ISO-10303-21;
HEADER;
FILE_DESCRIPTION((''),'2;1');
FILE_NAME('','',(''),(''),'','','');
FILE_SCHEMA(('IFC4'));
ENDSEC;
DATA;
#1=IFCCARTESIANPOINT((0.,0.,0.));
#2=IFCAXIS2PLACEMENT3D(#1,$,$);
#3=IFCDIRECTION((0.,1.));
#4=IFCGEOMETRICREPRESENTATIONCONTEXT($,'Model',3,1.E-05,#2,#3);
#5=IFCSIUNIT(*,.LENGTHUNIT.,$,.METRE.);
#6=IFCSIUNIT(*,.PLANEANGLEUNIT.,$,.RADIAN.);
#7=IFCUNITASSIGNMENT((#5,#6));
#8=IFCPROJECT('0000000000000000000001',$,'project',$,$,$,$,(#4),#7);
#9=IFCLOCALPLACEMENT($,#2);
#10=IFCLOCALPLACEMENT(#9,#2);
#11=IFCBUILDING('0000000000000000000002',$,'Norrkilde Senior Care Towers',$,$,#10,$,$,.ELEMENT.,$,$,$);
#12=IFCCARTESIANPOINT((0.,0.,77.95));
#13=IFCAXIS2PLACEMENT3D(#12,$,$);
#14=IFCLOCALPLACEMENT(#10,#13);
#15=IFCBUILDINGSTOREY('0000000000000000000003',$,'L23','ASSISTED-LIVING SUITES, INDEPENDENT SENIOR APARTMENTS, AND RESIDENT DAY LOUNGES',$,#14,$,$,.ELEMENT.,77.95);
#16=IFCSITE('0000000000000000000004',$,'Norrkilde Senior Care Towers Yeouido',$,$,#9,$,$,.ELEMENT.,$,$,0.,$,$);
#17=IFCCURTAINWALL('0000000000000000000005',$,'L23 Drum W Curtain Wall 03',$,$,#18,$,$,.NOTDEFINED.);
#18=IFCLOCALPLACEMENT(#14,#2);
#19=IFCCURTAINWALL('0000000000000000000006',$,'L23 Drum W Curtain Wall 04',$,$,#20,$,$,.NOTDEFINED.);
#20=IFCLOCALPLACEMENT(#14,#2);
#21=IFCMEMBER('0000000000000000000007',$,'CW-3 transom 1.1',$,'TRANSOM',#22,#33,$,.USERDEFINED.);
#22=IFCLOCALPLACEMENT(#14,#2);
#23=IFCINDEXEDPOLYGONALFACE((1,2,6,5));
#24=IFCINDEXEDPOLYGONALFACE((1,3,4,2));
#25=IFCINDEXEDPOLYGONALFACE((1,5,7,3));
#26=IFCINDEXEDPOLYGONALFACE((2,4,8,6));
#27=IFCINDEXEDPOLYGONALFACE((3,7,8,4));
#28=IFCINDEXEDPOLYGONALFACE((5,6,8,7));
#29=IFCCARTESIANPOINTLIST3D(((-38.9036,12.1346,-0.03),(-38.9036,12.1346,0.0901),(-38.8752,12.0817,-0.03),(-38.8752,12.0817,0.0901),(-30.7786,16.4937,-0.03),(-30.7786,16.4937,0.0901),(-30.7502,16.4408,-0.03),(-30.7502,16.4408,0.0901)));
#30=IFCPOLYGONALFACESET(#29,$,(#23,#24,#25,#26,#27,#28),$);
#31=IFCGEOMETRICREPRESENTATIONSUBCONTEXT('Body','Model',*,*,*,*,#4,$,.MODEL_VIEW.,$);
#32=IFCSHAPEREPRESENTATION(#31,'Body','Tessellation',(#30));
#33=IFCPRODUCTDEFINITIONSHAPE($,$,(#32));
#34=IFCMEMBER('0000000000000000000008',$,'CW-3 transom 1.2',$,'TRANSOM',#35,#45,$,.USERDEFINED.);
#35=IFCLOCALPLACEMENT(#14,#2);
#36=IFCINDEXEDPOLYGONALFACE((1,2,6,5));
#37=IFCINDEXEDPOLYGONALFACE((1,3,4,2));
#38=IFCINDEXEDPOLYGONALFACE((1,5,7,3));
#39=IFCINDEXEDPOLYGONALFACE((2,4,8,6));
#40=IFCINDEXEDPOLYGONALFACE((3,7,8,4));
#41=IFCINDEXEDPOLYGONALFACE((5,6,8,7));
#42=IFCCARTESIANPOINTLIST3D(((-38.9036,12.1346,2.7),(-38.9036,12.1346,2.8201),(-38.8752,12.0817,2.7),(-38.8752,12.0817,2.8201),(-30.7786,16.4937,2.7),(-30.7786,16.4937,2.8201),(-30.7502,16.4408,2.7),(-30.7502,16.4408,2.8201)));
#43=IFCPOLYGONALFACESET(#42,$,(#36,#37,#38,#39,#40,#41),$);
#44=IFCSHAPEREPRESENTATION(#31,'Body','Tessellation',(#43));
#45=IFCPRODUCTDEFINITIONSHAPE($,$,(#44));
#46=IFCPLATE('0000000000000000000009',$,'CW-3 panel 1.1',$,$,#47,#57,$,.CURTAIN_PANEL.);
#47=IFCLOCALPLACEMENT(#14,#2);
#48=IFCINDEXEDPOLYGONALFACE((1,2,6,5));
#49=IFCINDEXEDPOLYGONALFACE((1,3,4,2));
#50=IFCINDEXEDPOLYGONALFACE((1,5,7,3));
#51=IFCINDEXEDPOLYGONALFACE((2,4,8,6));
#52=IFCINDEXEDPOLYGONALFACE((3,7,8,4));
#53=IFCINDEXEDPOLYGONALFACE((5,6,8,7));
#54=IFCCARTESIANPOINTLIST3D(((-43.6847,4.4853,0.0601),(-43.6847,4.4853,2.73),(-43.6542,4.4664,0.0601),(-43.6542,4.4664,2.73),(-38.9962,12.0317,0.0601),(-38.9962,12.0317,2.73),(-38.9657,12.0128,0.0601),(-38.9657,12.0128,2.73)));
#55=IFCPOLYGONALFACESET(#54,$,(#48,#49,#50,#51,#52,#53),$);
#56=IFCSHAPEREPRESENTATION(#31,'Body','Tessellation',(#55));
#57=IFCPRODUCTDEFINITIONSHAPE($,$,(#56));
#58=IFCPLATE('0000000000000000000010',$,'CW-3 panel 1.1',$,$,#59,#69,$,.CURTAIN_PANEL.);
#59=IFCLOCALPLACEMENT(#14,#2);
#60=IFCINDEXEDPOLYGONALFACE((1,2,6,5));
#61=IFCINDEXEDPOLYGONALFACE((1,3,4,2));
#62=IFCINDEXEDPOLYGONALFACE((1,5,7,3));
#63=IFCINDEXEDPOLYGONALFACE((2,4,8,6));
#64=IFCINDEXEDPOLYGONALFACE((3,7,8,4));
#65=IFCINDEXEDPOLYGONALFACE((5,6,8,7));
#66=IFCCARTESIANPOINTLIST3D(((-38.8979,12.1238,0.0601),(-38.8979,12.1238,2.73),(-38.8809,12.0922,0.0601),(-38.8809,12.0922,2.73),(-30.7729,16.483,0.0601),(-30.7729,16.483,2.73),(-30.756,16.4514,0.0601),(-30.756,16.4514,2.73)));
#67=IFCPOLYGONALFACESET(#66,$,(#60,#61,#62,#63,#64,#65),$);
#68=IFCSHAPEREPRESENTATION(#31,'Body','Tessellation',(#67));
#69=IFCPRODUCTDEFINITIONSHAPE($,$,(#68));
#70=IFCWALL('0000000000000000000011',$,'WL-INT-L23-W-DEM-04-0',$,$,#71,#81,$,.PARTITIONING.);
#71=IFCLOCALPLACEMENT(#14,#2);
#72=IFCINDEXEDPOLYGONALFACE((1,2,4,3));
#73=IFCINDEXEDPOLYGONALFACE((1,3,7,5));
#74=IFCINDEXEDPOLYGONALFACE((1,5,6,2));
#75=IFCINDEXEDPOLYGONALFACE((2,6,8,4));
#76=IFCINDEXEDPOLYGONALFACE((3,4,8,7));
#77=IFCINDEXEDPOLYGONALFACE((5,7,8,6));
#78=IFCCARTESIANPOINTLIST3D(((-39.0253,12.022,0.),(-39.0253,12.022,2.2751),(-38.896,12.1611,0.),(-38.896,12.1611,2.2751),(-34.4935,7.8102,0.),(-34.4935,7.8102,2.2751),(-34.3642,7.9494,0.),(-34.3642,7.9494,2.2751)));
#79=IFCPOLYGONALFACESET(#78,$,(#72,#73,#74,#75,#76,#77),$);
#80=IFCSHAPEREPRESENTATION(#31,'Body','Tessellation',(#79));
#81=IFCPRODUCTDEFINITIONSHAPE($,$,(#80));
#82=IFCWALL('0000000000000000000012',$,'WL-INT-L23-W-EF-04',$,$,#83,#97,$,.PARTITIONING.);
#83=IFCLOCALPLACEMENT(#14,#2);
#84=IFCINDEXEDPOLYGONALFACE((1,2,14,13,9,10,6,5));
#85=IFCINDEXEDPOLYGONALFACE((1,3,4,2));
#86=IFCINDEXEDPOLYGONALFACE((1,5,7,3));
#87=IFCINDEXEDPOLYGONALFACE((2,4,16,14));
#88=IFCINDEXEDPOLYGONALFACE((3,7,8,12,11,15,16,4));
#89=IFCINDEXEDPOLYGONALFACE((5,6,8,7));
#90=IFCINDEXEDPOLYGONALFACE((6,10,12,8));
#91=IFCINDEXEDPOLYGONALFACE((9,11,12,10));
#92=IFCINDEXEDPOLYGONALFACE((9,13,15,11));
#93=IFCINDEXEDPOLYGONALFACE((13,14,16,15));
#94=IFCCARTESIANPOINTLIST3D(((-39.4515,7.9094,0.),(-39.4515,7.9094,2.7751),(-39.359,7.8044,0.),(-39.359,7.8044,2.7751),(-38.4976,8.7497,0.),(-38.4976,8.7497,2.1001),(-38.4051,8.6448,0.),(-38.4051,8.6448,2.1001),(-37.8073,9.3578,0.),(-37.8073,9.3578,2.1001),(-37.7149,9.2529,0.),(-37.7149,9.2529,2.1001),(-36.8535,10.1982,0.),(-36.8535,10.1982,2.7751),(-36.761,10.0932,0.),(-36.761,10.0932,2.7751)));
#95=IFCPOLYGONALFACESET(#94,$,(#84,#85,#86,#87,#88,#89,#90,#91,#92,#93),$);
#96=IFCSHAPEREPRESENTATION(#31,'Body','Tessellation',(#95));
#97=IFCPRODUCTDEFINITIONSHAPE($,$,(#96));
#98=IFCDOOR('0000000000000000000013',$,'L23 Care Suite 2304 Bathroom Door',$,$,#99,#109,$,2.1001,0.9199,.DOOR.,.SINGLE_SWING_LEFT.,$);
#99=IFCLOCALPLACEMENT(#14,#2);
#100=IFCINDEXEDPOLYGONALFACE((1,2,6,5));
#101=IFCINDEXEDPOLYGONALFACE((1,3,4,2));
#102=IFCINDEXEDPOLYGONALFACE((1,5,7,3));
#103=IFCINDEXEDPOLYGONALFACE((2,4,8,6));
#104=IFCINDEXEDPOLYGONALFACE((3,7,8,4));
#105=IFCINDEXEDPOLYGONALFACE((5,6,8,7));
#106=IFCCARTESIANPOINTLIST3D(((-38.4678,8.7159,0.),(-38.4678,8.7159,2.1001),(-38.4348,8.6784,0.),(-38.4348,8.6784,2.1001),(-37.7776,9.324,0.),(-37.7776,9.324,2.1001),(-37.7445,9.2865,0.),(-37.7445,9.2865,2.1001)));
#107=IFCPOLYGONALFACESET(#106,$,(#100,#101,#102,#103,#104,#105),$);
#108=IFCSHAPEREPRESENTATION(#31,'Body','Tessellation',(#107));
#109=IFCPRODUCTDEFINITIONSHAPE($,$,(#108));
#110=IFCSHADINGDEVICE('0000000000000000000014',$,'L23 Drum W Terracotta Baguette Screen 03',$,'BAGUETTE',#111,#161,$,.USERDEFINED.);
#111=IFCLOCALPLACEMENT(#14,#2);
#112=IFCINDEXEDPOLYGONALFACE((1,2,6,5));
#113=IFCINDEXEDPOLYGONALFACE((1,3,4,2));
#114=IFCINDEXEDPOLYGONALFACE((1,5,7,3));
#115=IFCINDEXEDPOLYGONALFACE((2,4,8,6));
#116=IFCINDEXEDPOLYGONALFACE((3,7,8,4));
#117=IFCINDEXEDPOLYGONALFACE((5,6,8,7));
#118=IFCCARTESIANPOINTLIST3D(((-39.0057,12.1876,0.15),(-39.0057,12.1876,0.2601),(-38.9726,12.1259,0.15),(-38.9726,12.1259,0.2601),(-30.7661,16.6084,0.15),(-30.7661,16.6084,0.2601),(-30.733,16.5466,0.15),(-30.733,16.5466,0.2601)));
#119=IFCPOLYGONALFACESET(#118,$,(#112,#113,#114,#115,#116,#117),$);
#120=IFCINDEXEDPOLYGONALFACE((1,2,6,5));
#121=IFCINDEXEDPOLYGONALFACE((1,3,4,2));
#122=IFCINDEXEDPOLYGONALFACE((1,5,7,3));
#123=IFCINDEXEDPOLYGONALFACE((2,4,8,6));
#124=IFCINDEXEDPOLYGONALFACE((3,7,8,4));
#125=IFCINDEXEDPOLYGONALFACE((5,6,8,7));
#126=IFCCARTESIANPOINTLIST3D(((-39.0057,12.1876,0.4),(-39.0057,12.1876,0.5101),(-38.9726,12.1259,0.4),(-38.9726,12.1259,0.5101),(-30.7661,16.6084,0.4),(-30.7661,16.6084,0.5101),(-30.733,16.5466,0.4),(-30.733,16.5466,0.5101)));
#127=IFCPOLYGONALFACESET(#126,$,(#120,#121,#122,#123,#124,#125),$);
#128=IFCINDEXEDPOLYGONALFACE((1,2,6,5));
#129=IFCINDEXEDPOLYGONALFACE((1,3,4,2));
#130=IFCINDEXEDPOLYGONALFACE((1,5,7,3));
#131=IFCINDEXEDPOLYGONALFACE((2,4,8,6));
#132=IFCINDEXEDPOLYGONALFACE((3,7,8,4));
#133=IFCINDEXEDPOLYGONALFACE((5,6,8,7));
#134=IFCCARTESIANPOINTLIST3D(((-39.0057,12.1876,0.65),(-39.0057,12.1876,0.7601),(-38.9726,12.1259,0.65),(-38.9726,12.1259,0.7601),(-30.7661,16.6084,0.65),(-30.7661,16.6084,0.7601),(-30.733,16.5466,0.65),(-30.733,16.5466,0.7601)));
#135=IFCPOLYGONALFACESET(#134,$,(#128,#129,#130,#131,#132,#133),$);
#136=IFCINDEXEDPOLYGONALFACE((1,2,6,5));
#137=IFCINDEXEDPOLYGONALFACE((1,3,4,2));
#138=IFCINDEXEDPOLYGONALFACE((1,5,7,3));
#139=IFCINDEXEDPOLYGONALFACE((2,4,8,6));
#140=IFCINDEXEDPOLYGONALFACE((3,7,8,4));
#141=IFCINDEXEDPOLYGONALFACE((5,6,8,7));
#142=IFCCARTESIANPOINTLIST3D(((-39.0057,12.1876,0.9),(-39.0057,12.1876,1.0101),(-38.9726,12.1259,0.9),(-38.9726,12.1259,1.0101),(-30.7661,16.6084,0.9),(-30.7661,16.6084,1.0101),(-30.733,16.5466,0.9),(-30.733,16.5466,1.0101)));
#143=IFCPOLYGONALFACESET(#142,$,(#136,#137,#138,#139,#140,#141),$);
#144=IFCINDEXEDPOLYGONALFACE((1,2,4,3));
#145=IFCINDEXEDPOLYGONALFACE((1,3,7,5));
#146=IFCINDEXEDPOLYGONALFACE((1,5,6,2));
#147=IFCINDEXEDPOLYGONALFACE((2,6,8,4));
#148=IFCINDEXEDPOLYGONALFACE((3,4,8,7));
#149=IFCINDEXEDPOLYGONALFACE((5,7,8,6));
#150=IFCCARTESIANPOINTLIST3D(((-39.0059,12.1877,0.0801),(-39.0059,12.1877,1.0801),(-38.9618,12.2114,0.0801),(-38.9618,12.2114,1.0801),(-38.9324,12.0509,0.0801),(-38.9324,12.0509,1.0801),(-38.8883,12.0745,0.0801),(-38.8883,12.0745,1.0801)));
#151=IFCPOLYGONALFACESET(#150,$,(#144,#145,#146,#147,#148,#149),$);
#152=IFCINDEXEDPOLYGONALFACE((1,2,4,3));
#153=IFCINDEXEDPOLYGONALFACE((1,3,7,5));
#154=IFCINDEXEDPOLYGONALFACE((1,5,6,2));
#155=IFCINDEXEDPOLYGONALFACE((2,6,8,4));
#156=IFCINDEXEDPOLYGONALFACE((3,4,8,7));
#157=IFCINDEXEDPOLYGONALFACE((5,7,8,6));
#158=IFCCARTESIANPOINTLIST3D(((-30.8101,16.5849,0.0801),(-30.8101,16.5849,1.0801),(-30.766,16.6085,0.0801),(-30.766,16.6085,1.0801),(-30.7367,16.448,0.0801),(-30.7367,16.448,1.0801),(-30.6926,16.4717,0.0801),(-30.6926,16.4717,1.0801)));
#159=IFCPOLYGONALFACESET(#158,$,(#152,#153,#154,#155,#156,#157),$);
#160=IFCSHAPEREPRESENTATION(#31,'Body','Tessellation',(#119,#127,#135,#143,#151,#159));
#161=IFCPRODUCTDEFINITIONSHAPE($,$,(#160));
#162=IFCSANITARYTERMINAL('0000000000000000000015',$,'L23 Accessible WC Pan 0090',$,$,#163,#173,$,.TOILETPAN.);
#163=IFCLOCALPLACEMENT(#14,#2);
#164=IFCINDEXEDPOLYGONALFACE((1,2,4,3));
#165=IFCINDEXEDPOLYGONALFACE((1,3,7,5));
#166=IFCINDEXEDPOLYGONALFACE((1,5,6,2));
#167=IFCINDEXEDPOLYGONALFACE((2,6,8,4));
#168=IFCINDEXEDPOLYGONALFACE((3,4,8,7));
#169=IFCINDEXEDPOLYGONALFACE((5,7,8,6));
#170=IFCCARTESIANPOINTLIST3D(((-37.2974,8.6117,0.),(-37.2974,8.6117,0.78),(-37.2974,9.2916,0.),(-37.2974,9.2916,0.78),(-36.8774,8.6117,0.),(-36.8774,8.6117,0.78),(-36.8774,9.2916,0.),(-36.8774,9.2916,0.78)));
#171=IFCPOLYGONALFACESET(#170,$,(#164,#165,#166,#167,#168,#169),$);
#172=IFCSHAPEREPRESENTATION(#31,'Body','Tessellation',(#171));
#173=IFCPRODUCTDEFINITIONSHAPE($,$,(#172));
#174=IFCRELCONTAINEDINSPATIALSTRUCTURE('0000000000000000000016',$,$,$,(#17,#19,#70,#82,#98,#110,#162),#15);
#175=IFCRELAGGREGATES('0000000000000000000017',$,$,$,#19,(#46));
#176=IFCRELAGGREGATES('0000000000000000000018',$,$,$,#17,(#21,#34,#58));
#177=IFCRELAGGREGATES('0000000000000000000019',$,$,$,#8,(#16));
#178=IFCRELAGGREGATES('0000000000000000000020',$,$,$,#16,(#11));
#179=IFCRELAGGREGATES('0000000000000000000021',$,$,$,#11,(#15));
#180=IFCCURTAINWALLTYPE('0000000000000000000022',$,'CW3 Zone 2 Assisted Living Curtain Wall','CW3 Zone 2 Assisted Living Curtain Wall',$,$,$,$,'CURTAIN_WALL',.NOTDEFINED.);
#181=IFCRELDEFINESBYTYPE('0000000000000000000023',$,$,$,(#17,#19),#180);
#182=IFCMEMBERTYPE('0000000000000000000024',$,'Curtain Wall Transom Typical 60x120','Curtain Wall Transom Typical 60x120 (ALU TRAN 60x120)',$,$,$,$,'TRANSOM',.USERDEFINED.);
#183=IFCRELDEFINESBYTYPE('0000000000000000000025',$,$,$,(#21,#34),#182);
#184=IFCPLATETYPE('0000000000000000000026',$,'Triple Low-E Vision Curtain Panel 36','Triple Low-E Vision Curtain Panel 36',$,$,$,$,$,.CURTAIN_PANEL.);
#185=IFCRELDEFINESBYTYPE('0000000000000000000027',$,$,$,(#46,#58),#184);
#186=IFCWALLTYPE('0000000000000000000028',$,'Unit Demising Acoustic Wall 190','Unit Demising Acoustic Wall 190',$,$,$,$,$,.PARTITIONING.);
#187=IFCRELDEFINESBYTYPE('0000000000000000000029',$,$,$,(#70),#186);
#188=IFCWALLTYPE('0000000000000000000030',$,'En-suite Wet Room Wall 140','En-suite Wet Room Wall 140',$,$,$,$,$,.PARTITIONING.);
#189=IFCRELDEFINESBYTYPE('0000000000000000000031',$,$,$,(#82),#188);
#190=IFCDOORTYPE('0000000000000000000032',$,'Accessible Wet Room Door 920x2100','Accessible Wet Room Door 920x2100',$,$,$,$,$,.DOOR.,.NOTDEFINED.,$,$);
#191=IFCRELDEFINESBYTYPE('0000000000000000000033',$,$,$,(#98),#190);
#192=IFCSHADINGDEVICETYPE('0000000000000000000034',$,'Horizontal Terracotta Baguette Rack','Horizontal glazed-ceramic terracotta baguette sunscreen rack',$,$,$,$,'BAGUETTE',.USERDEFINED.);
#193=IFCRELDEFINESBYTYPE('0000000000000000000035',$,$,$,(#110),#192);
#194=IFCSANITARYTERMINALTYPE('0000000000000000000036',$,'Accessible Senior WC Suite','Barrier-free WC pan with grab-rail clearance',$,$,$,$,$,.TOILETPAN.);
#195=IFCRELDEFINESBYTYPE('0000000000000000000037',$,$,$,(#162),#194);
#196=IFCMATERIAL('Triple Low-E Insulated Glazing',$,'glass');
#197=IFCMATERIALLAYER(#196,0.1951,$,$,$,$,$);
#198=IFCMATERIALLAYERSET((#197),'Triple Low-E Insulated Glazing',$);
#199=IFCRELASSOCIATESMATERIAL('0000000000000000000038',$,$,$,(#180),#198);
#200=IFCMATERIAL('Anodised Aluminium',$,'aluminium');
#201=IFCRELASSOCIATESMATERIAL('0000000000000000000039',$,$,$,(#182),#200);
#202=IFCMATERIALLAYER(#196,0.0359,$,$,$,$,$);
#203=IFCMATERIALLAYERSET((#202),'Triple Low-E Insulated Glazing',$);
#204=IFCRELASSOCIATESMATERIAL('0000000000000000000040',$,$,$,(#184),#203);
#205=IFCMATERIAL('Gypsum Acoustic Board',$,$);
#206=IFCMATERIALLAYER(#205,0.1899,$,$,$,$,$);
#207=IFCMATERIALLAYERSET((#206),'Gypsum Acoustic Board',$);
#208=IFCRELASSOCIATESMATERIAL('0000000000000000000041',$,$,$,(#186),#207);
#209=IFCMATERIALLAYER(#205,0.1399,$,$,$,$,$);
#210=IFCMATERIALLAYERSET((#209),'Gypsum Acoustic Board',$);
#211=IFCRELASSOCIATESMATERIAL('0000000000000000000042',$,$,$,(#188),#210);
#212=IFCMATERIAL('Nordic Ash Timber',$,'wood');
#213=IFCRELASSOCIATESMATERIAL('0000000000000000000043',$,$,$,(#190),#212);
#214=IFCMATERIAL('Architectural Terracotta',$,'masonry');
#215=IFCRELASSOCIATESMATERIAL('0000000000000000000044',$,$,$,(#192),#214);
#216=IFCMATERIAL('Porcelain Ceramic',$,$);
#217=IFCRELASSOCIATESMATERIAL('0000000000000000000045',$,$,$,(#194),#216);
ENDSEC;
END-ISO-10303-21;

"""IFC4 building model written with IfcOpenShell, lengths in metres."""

from ifc_helpers import new_model, si_unit, direction, frame, frame_2d, origin, origin_2d, place, context, subcontext, project, spatial, rectangle, extrude, source, transform, mapped, material, layer, layer_set, material_profile, profile_set, type_object, type_shapes, element, fill, aggregate, save


model = new_model("IFC4")

# Units and contexts
model_context = context("Model", 3, precision=1e-05, world=origin(), true_north=direction((0.0, 1.0)))
body_context = subcontext(model_context, "Body", "Model", "MODEL_VIEW")
ifc_project = project(units=[si_unit("LENGTHUNIT", "METRE"), si_unit("PLANEANGLEUNIT", "RADIAN")], contexts=[model_context])

# Site, building, storey
site_placement = place(None, origin())
site = spatial("IfcSite", under=ifc_project, at=site_placement, Name="Norrkilde Senior Care Towers Yeouido", CompositionType="ELEMENT", RefElevation=0.0)
building_placement = place(site_placement, origin())
building = spatial("IfcBuilding", under=site, at=building_placement, Name="Norrkilde Senior Care Towers", CompositionType="ELEMENT")
storey_placement = place(building_placement, frame((0.0, 0.0, 77.95)))
storey = spatial("IfcBuildingStorey", under=building, at=storey_placement, Name="L23", Description="ASSISTED-LIVING SUITES, INDEPENDENT SENIOR APARTMENTS, AND RESIDENT DAY LOUNGES", CompositionType="ELEMENT", Elevation=77.95)

# Curtain walls
ifc_material_1 = material(Name="Triple Low-E Insulated Glazing", Category="glass")
ifc_layer_1 = layer(ifc_material_1, 0.1951)
ifc_layer_set_1 = layer_set([ifc_layer_1], Name="Triple Low-E Insulated Glazing")
curtain_wall_type = type_object("IfcCurtainWallType", Name="CW3 Zone 2 Assisted Living Curtain Wall", Description="CW3 Zone 2 Assisted Living Curtain Wall", ElementType="CURTAIN_WALL", PredefinedType="NOTDEFINED", material=ifc_layer_set_1)
curtain_wall_1_placement = place(storey_placement, origin())
curtain_wall_1 = element("IfcCurtainWall", 1, at=curtain_wall_1_placement, inside=storey, type_object=curtain_wall_type, Name="L23 Drum W Curtain Wall 03", PredefinedType="NOTDEFINED")
ifc_material_2 = material(Name="Anodised Aluminium", Category="aluminium")
curtain_wall_2_placement = place(storey_placement, origin())
curtain_wall_2 = element("IfcCurtainWall", 2, at=curtain_wall_2_placement, inside=storey, type_object=curtain_wall_type, Name="L23 Drum W Curtain Wall 04", PredefinedType="NOTDEFINED")

# Members
ifc_material_profile_1 = material_profile(ifc_material_2, rectangle(XDim=0.0601, YDim=0.1201, at=origin_2d()), Name="ALU TRAN 60x120")
ifc_profile_set_1 = profile_set([ifc_material_profile_1], Name="Anodised Aluminium")
member_type_1 = type_object("IfcMemberType", Name="Curtain Wall Transom Typical 60x120", Description="Curtain Wall Transom Typical 60x120 (ALU TRAN 60x120)", ElementType="TRANSOM", PredefinedType="USERDEFINED", material=ifc_profile_set_1)
shared_shape_1 = source(origin(), body_context, "Body", "SweptSolid", [
    extrude(rectangle(XDim=0.0601, YDim=0.1201, at=origin_2d()), origin(), (0.0, 0.0, 1.0), 9.2205),
])
type_shapes(member_type_1, [shared_shape_1])
member_1_placement = place(storey_placement, frame((-38.8894, 12.1082, 0.03), z_axis=(0.881189, 0.472765, 0.0), x_axis=(-0.472765, 0.881189, 0.0)))
member_1 = element("IfcMember", 3, at=member_1_placement, type_object=member_type_1, Name="CW-3 transom 1.1", ObjectType="TRANSOM", PredefinedType="USERDEFINED", context=body_context, shape_type="MappedRepresentation", body=[
    mapped(shared_shape_1, transform((0.0, 0.0, 0.0), x_axis=(1.0, 0.0, 0.0), y_axis=(0.0, 1.0, 0.0), z_axis=(0.0, 0.0, 1.0), scale=1.0)),
])
member_2_placement = place(storey_placement, frame((-38.8894, 12.1082, 2.76), z_axis=(0.881189, 0.472765, 0.0), x_axis=(-0.472765, 0.881189, 0.0)))
member_2 = element("IfcMember", 4, at=member_2_placement, type_object=member_type_1, Name="CW-3 transom 1.2", ObjectType="TRANSOM", PredefinedType="USERDEFINED", context=body_context, shape_type="MappedRepresentation", body=[
    mapped(shared_shape_1, transform((0.0, 0.0, 0.0), x_axis=(1.0, 0.0, 0.0), y_axis=(0.0, 1.0, 0.0), z_axis=(0.0, 0.0, 1.0), scale=1.0)),
])

# Plates
ifc_layer_2 = layer(ifc_material_1, 0.0359)
ifc_layer_set_2 = layer_set([ifc_layer_2], Name="Triple Low-E Insulated Glazing")
plate_type = type_object("IfcPlateType", Name="Triple Low-E Vision Curtain Panel 36", Description="Triple Low-E Vision Curtain Panel 36", PredefinedType="CURTAIN_PANEL", material=ifc_layer_set_2)
shared_shape_2 = source(origin(), body_context, "Body", "SweptSolid", [
    extrude(rectangle(XDim=8.8843, YDim=0.0359, at=origin_2d()), origin(), (0.0, 0.0, 1.0), 2.6699),
])
plate_1_placement = place(storey_placement, frame((-41.3252, 8.249, 0.0601), z_axis=(0.0, 0.0, 1.0), x_axis=(0.527733, 0.84941, 0.0)))
plate_1 = element("IfcPlate", 5, at=plate_1_placement, type_object=plate_type, Name="CW-3 panel 1.1", PredefinedType="CURTAIN_PANEL", context=body_context, shape_type="MappedRepresentation", body=[
    mapped(shared_shape_2, transform((0.0, 0.0, 0.0), x_axis=(1.0, 0.0, 0.0), y_axis=(0.0, 1.0, 0.0), z_axis=(0.0, 0.0, 1.0), scale=1.0)),
])
aggregate(curtain_wall_2, [plate_1])
shared_shape_3 = source(origin(), body_context, "Body", "SweptSolid", [
    extrude(rectangle(XDim=9.2205, YDim=0.0359, at=origin_2d()), origin(), (0.0, 0.0, 1.0), 2.6699),
])
type_shapes(plate_type, [shared_shape_2, shared_shape_3])
plate_2_placement = place(storey_placement, frame((-34.8269, 14.2876, 0.0601), z_axis=(0.0, 0.0, 1.0), x_axis=(0.881186, 0.472769, 0.0)))
plate_2 = element("IfcPlate", 6, at=plate_2_placement, type_object=plate_type, Name="CW-3 panel 1.1", PredefinedType="CURTAIN_PANEL", context=body_context, shape_type="MappedRepresentation", body=[
    mapped(shared_shape_3, transform((0.0, 0.0, 0.0), x_axis=(1.0, 0.0, 0.0), y_axis=(0.0, 1.0, 0.0), z_axis=(0.0, 0.0, 1.0), scale=1.0)),
])
aggregate(curtain_wall_1, [member_1, member_2, plate_2])

# Shared definitions
ifc_material_3 = material(Name="Gypsum Acoustic Board")
ifc_material_4 = material(Name="Nordic Ash Timber", Category="wood")

# Wall
ifc_layer_3 = layer(ifc_material_3, 0.1899)
ifc_layer_set_3 = layer_set([ifc_layer_3], Name="Gypsum Acoustic Board")
wall_type_1 = type_object("IfcWallType", Name="Unit Demising Acoustic Wall 190", Description="Unit Demising Acoustic Wall 190", PredefinedType="PARTITIONING", material=ifc_layer_set_3)
shared_shape_4 = source(origin(), body_context, "Body", "SweptSolid", [
    extrude(rectangle(XDim=6.1868, YDim=0.1899, at=frame_2d((3.0933, 0.0))), origin(), (0.0, 0.0, 1.0), 2.2751),
])
type_shapes(wall_type_1, [shared_shape_4])
wall_1_placement = place(storey_placement, frame((-34.429, 7.8799, 0.0), z_axis=(0.0, 0.0, 1.0), x_axis=(-0.732501, 0.680766, 0.0)))
element("IfcWall", 7, at=wall_1_placement, inside=storey, type_object=wall_type_1, Name="WL-INT-L23-W-DEM-04-0", PredefinedType="PARTITIONING", context=body_context, shape_type="MappedRepresentation", body=[
    mapped(shared_shape_4, transform((0.0, 0.0, 0.0), x_axis=(1.0, 0.0, 0.0), y_axis=(0.0, 1.0, 0.0), z_axis=(0.0, 0.0, 1.0), scale=1.0)),
])

# Wall, opening, door
ifc_layer_4 = layer(ifc_material_3, 0.1399)
ifc_layer_set_4 = layer_set([ifc_layer_4], Name="Gypsum Acoustic Board")
wall_type_2 = type_object("IfcWallType", Name="En-suite Wet Room Wall 140", Description="En-suite Wet Room Wall 140", PredefinedType="PARTITIONING", material=ifc_layer_set_4)
shared_shape_5 = source(origin(), body_context, "Body", "SweptSolid", [
    extrude(rectangle(XDim=3.4624, YDim=0.1399, at=frame_2d((1.7312, 0.0))), origin(), (0.0, 0.0, 1.0), 2.7751),
])
type_shapes(wall_type_2, [shared_shape_5])
wall_2_placement = place(storey_placement, frame((-39.4053, 7.8569, 0.0), z_axis=(0.0, 0.0, 1.0), x_axis=(0.750362, 0.661027, 0.0)))
wall_2 = element("IfcWall", 8, at=wall_2_placement, inside=storey, type_object=wall_type_2, Name="WL-INT-L23-W-EF-04", PredefinedType="PARTITIONING", context=body_context, shape_type="MappedRepresentation", body=[
    mapped(shared_shape_5, transform((0.0, 0.0, 0.0), x_axis=(1.0, 0.0, 0.0), y_axis=(0.0, 1.0, 0.0), z_axis=(0.0, 0.0, 1.0), scale=1.0)),
])
opening_1_placement = place(wall_2_placement, frame((1.2712, 0.0, 0.0)))
opening_1 = element("IfcOpeningElement", 9, at=opening_1_placement, cuts=wall_2, PredefinedType="OPENING", context=body_context, shape_type="SweptSolid", body=[
    extrude(rectangle(XDim=0.9199, YDim=2.1001, at=frame_2d((0.46, 1.05))), frame((0.0, 0.0798, 0.0), z_axis=(0.0, -1.0, 0.0), x_axis=(1.0, 0.0, 0.0)), (0.0, 0.0, 1.0), 0.1599),
])
door_type_1 = type_object("IfcDoorType", Name="Accessible Wet Room Door 920x2100", Description="Accessible Wet Room Door 920x2100", OperationType="NOTDEFINED", PredefinedType="DOOR", material=ifc_material_4)
shared_shape_6 = source(origin(), body_context, "Body", "SweptSolid", [
    extrude(rectangle(XDim=0.9199, YDim=2.1001, at=frame_2d((0.46, 1.05))), frame((0.0, 0.0249, 0.0), z_axis=(0.0, -1.0, 0.0), x_axis=(1.0, 0.0, 0.0)), (0.0, 0.0, 1.0), 0.05),
])
type_shapes(door_type_1, [shared_shape_6])
door_1_placement = place(opening_1_placement, origin())
door_1 = element("IfcDoor", 10, at=door_1_placement, inside=storey, type_object=door_type_1, Name="L23 Care Suite 2304 Bathroom Door", OperationType="SINGLE_SWING_LEFT", OverallHeight=2.1001, OverallWidth=0.9199, PredefinedType="DOOR", context=body_context, shape_type="MappedRepresentation", body=[
    mapped(shared_shape_6, transform((0.0, 0.0, 0.0), x_axis=(1.0, 0.0, 0.0), y_axis=(0.0, 1.0, 0.0), z_axis=(0.0, 0.0, 1.0), scale=1.0)),
])
fill(opening_1, door_1)

# Shading device
ifc_material_5 = material(Name="Architectural Terracotta", Category="masonry")
shading_device_type = type_object("IfcShadingDeviceType", Name="Horizontal Terracotta Baguette Rack", Description="Horizontal glazed-ceramic terracotta baguette sunscreen rack", ElementType="BAGUETTE", PredefinedType="USERDEFINED", material=ifc_material_5)
shared_shape_7 = source(origin(), body_context, "Body", "SweptSolid", [
    extrude(rectangle(XDim=0.0701, YDim=0.1101, at=origin_2d()), frame((0.0, 0.0901, 0.125), z_axis=(1.0, 0.0, 0.0), x_axis=(0.0, 1.0, 0.0)), (0.0, 0.0, 1.0), 9.3506),
    extrude(rectangle(XDim=0.0701, YDim=0.1101, at=origin_2d()), frame((0.0, 0.0901, 0.375), z_axis=(1.0, 0.0, 0.0), x_axis=(0.0, 1.0, 0.0)), (0.0, 0.0, 1.0), 9.3506),
    extrude(rectangle(XDim=0.0701, YDim=0.1101, at=origin_2d()), frame((0.0, 0.0901, 0.625), z_axis=(1.0, 0.0, 0.0), x_axis=(0.0, 1.0, 0.0)), (0.0, 0.0, 1.0), 9.3506),
    extrude(rectangle(XDim=0.0701, YDim=0.1101, at=origin_2d()), frame((0.0, 0.0901, 0.875), z_axis=(1.0, 0.0, 0.0), x_axis=(0.0, 1.0, 0.0)), (0.0, 0.0, 1.0), 9.3506),
    extrude(rectangle(XDim=0.05, YDim=0.1553, at=origin_2d()), frame((0.0249, 0.0476, 0.0)), (0.0, 0.0, 1.0), 1.0),
    extrude(rectangle(XDim=0.05, YDim=0.1553, at=origin_2d()), frame((9.3257, 0.0476, 0.0)), (0.0, 0.0, 1.0), 1.0),
])
type_shapes(shading_device_type, [shared_shape_7])
shading_device_placement = place(storey_placement, frame((-38.9465, 12.0774, 0.0801), z_axis=(0.0, 0.0, 1.0), x_axis=(0.881175, 0.472768, 0.0)))
element("IfcShadingDevice", 11, at=shading_device_placement, inside=storey, type_object=shading_device_type, Name="L23 Drum W Terracotta Baguette Screen 03", ObjectType="BAGUETTE", PredefinedType="USERDEFINED", context=body_context, shape_type="MappedRepresentation", body=[
    mapped(shared_shape_7, transform((0.0, 0.0, 0.0), x_axis=(1.0, 0.0, 0.0), y_axis=(0.0, 1.0, 0.0), z_axis=(0.0, 0.0, 1.0), scale=1.0)),
])

# Sanitary terminal
ifc_material_6 = material(Name="Porcelain Ceramic")
sanitary_terminal_type_1 = type_object("IfcSanitaryTerminalType", Name="Accessible Senior WC Suite", Description="Barrier-free WC pan with grab-rail clearance", PredefinedType="TOILETPAN", material=ifc_material_6)
shared_shape_8 = source(origin(), body_context, "Body", "SweptSolid", [
    extrude(rectangle(XDim=0.4199, YDim=0.6799, at=origin_2d()), origin(), (0.0, 0.0, 1.0), 0.78),
])
type_shapes(sanitary_terminal_type_1, [shared_shape_8])
sanitary_terminal_1_placement = place(storey_placement, frame((-37.0874, 8.9517, 0.0), z_axis=(0.0, 0.0, 1.0), x_axis=(1.0, 0.0, 0.0)))
element("IfcSanitaryTerminal", 12, at=sanitary_terminal_1_placement, inside=storey, type_object=sanitary_terminal_type_1, Name="L23 Accessible WC Pan 0090", PredefinedType="TOILETPAN", context=body_context, shape_type="MappedRepresentation", body=[
    mapped(shared_shape_8, transform((0.0, 0.0, 0.0), x_axis=(1.0, 0.0, 0.0), y_axis=(0.0, 1.0, 0.0), z_axis=(0.0, 0.0, 1.0), scale=1.0)),
])

save(model, "model.ifc")
